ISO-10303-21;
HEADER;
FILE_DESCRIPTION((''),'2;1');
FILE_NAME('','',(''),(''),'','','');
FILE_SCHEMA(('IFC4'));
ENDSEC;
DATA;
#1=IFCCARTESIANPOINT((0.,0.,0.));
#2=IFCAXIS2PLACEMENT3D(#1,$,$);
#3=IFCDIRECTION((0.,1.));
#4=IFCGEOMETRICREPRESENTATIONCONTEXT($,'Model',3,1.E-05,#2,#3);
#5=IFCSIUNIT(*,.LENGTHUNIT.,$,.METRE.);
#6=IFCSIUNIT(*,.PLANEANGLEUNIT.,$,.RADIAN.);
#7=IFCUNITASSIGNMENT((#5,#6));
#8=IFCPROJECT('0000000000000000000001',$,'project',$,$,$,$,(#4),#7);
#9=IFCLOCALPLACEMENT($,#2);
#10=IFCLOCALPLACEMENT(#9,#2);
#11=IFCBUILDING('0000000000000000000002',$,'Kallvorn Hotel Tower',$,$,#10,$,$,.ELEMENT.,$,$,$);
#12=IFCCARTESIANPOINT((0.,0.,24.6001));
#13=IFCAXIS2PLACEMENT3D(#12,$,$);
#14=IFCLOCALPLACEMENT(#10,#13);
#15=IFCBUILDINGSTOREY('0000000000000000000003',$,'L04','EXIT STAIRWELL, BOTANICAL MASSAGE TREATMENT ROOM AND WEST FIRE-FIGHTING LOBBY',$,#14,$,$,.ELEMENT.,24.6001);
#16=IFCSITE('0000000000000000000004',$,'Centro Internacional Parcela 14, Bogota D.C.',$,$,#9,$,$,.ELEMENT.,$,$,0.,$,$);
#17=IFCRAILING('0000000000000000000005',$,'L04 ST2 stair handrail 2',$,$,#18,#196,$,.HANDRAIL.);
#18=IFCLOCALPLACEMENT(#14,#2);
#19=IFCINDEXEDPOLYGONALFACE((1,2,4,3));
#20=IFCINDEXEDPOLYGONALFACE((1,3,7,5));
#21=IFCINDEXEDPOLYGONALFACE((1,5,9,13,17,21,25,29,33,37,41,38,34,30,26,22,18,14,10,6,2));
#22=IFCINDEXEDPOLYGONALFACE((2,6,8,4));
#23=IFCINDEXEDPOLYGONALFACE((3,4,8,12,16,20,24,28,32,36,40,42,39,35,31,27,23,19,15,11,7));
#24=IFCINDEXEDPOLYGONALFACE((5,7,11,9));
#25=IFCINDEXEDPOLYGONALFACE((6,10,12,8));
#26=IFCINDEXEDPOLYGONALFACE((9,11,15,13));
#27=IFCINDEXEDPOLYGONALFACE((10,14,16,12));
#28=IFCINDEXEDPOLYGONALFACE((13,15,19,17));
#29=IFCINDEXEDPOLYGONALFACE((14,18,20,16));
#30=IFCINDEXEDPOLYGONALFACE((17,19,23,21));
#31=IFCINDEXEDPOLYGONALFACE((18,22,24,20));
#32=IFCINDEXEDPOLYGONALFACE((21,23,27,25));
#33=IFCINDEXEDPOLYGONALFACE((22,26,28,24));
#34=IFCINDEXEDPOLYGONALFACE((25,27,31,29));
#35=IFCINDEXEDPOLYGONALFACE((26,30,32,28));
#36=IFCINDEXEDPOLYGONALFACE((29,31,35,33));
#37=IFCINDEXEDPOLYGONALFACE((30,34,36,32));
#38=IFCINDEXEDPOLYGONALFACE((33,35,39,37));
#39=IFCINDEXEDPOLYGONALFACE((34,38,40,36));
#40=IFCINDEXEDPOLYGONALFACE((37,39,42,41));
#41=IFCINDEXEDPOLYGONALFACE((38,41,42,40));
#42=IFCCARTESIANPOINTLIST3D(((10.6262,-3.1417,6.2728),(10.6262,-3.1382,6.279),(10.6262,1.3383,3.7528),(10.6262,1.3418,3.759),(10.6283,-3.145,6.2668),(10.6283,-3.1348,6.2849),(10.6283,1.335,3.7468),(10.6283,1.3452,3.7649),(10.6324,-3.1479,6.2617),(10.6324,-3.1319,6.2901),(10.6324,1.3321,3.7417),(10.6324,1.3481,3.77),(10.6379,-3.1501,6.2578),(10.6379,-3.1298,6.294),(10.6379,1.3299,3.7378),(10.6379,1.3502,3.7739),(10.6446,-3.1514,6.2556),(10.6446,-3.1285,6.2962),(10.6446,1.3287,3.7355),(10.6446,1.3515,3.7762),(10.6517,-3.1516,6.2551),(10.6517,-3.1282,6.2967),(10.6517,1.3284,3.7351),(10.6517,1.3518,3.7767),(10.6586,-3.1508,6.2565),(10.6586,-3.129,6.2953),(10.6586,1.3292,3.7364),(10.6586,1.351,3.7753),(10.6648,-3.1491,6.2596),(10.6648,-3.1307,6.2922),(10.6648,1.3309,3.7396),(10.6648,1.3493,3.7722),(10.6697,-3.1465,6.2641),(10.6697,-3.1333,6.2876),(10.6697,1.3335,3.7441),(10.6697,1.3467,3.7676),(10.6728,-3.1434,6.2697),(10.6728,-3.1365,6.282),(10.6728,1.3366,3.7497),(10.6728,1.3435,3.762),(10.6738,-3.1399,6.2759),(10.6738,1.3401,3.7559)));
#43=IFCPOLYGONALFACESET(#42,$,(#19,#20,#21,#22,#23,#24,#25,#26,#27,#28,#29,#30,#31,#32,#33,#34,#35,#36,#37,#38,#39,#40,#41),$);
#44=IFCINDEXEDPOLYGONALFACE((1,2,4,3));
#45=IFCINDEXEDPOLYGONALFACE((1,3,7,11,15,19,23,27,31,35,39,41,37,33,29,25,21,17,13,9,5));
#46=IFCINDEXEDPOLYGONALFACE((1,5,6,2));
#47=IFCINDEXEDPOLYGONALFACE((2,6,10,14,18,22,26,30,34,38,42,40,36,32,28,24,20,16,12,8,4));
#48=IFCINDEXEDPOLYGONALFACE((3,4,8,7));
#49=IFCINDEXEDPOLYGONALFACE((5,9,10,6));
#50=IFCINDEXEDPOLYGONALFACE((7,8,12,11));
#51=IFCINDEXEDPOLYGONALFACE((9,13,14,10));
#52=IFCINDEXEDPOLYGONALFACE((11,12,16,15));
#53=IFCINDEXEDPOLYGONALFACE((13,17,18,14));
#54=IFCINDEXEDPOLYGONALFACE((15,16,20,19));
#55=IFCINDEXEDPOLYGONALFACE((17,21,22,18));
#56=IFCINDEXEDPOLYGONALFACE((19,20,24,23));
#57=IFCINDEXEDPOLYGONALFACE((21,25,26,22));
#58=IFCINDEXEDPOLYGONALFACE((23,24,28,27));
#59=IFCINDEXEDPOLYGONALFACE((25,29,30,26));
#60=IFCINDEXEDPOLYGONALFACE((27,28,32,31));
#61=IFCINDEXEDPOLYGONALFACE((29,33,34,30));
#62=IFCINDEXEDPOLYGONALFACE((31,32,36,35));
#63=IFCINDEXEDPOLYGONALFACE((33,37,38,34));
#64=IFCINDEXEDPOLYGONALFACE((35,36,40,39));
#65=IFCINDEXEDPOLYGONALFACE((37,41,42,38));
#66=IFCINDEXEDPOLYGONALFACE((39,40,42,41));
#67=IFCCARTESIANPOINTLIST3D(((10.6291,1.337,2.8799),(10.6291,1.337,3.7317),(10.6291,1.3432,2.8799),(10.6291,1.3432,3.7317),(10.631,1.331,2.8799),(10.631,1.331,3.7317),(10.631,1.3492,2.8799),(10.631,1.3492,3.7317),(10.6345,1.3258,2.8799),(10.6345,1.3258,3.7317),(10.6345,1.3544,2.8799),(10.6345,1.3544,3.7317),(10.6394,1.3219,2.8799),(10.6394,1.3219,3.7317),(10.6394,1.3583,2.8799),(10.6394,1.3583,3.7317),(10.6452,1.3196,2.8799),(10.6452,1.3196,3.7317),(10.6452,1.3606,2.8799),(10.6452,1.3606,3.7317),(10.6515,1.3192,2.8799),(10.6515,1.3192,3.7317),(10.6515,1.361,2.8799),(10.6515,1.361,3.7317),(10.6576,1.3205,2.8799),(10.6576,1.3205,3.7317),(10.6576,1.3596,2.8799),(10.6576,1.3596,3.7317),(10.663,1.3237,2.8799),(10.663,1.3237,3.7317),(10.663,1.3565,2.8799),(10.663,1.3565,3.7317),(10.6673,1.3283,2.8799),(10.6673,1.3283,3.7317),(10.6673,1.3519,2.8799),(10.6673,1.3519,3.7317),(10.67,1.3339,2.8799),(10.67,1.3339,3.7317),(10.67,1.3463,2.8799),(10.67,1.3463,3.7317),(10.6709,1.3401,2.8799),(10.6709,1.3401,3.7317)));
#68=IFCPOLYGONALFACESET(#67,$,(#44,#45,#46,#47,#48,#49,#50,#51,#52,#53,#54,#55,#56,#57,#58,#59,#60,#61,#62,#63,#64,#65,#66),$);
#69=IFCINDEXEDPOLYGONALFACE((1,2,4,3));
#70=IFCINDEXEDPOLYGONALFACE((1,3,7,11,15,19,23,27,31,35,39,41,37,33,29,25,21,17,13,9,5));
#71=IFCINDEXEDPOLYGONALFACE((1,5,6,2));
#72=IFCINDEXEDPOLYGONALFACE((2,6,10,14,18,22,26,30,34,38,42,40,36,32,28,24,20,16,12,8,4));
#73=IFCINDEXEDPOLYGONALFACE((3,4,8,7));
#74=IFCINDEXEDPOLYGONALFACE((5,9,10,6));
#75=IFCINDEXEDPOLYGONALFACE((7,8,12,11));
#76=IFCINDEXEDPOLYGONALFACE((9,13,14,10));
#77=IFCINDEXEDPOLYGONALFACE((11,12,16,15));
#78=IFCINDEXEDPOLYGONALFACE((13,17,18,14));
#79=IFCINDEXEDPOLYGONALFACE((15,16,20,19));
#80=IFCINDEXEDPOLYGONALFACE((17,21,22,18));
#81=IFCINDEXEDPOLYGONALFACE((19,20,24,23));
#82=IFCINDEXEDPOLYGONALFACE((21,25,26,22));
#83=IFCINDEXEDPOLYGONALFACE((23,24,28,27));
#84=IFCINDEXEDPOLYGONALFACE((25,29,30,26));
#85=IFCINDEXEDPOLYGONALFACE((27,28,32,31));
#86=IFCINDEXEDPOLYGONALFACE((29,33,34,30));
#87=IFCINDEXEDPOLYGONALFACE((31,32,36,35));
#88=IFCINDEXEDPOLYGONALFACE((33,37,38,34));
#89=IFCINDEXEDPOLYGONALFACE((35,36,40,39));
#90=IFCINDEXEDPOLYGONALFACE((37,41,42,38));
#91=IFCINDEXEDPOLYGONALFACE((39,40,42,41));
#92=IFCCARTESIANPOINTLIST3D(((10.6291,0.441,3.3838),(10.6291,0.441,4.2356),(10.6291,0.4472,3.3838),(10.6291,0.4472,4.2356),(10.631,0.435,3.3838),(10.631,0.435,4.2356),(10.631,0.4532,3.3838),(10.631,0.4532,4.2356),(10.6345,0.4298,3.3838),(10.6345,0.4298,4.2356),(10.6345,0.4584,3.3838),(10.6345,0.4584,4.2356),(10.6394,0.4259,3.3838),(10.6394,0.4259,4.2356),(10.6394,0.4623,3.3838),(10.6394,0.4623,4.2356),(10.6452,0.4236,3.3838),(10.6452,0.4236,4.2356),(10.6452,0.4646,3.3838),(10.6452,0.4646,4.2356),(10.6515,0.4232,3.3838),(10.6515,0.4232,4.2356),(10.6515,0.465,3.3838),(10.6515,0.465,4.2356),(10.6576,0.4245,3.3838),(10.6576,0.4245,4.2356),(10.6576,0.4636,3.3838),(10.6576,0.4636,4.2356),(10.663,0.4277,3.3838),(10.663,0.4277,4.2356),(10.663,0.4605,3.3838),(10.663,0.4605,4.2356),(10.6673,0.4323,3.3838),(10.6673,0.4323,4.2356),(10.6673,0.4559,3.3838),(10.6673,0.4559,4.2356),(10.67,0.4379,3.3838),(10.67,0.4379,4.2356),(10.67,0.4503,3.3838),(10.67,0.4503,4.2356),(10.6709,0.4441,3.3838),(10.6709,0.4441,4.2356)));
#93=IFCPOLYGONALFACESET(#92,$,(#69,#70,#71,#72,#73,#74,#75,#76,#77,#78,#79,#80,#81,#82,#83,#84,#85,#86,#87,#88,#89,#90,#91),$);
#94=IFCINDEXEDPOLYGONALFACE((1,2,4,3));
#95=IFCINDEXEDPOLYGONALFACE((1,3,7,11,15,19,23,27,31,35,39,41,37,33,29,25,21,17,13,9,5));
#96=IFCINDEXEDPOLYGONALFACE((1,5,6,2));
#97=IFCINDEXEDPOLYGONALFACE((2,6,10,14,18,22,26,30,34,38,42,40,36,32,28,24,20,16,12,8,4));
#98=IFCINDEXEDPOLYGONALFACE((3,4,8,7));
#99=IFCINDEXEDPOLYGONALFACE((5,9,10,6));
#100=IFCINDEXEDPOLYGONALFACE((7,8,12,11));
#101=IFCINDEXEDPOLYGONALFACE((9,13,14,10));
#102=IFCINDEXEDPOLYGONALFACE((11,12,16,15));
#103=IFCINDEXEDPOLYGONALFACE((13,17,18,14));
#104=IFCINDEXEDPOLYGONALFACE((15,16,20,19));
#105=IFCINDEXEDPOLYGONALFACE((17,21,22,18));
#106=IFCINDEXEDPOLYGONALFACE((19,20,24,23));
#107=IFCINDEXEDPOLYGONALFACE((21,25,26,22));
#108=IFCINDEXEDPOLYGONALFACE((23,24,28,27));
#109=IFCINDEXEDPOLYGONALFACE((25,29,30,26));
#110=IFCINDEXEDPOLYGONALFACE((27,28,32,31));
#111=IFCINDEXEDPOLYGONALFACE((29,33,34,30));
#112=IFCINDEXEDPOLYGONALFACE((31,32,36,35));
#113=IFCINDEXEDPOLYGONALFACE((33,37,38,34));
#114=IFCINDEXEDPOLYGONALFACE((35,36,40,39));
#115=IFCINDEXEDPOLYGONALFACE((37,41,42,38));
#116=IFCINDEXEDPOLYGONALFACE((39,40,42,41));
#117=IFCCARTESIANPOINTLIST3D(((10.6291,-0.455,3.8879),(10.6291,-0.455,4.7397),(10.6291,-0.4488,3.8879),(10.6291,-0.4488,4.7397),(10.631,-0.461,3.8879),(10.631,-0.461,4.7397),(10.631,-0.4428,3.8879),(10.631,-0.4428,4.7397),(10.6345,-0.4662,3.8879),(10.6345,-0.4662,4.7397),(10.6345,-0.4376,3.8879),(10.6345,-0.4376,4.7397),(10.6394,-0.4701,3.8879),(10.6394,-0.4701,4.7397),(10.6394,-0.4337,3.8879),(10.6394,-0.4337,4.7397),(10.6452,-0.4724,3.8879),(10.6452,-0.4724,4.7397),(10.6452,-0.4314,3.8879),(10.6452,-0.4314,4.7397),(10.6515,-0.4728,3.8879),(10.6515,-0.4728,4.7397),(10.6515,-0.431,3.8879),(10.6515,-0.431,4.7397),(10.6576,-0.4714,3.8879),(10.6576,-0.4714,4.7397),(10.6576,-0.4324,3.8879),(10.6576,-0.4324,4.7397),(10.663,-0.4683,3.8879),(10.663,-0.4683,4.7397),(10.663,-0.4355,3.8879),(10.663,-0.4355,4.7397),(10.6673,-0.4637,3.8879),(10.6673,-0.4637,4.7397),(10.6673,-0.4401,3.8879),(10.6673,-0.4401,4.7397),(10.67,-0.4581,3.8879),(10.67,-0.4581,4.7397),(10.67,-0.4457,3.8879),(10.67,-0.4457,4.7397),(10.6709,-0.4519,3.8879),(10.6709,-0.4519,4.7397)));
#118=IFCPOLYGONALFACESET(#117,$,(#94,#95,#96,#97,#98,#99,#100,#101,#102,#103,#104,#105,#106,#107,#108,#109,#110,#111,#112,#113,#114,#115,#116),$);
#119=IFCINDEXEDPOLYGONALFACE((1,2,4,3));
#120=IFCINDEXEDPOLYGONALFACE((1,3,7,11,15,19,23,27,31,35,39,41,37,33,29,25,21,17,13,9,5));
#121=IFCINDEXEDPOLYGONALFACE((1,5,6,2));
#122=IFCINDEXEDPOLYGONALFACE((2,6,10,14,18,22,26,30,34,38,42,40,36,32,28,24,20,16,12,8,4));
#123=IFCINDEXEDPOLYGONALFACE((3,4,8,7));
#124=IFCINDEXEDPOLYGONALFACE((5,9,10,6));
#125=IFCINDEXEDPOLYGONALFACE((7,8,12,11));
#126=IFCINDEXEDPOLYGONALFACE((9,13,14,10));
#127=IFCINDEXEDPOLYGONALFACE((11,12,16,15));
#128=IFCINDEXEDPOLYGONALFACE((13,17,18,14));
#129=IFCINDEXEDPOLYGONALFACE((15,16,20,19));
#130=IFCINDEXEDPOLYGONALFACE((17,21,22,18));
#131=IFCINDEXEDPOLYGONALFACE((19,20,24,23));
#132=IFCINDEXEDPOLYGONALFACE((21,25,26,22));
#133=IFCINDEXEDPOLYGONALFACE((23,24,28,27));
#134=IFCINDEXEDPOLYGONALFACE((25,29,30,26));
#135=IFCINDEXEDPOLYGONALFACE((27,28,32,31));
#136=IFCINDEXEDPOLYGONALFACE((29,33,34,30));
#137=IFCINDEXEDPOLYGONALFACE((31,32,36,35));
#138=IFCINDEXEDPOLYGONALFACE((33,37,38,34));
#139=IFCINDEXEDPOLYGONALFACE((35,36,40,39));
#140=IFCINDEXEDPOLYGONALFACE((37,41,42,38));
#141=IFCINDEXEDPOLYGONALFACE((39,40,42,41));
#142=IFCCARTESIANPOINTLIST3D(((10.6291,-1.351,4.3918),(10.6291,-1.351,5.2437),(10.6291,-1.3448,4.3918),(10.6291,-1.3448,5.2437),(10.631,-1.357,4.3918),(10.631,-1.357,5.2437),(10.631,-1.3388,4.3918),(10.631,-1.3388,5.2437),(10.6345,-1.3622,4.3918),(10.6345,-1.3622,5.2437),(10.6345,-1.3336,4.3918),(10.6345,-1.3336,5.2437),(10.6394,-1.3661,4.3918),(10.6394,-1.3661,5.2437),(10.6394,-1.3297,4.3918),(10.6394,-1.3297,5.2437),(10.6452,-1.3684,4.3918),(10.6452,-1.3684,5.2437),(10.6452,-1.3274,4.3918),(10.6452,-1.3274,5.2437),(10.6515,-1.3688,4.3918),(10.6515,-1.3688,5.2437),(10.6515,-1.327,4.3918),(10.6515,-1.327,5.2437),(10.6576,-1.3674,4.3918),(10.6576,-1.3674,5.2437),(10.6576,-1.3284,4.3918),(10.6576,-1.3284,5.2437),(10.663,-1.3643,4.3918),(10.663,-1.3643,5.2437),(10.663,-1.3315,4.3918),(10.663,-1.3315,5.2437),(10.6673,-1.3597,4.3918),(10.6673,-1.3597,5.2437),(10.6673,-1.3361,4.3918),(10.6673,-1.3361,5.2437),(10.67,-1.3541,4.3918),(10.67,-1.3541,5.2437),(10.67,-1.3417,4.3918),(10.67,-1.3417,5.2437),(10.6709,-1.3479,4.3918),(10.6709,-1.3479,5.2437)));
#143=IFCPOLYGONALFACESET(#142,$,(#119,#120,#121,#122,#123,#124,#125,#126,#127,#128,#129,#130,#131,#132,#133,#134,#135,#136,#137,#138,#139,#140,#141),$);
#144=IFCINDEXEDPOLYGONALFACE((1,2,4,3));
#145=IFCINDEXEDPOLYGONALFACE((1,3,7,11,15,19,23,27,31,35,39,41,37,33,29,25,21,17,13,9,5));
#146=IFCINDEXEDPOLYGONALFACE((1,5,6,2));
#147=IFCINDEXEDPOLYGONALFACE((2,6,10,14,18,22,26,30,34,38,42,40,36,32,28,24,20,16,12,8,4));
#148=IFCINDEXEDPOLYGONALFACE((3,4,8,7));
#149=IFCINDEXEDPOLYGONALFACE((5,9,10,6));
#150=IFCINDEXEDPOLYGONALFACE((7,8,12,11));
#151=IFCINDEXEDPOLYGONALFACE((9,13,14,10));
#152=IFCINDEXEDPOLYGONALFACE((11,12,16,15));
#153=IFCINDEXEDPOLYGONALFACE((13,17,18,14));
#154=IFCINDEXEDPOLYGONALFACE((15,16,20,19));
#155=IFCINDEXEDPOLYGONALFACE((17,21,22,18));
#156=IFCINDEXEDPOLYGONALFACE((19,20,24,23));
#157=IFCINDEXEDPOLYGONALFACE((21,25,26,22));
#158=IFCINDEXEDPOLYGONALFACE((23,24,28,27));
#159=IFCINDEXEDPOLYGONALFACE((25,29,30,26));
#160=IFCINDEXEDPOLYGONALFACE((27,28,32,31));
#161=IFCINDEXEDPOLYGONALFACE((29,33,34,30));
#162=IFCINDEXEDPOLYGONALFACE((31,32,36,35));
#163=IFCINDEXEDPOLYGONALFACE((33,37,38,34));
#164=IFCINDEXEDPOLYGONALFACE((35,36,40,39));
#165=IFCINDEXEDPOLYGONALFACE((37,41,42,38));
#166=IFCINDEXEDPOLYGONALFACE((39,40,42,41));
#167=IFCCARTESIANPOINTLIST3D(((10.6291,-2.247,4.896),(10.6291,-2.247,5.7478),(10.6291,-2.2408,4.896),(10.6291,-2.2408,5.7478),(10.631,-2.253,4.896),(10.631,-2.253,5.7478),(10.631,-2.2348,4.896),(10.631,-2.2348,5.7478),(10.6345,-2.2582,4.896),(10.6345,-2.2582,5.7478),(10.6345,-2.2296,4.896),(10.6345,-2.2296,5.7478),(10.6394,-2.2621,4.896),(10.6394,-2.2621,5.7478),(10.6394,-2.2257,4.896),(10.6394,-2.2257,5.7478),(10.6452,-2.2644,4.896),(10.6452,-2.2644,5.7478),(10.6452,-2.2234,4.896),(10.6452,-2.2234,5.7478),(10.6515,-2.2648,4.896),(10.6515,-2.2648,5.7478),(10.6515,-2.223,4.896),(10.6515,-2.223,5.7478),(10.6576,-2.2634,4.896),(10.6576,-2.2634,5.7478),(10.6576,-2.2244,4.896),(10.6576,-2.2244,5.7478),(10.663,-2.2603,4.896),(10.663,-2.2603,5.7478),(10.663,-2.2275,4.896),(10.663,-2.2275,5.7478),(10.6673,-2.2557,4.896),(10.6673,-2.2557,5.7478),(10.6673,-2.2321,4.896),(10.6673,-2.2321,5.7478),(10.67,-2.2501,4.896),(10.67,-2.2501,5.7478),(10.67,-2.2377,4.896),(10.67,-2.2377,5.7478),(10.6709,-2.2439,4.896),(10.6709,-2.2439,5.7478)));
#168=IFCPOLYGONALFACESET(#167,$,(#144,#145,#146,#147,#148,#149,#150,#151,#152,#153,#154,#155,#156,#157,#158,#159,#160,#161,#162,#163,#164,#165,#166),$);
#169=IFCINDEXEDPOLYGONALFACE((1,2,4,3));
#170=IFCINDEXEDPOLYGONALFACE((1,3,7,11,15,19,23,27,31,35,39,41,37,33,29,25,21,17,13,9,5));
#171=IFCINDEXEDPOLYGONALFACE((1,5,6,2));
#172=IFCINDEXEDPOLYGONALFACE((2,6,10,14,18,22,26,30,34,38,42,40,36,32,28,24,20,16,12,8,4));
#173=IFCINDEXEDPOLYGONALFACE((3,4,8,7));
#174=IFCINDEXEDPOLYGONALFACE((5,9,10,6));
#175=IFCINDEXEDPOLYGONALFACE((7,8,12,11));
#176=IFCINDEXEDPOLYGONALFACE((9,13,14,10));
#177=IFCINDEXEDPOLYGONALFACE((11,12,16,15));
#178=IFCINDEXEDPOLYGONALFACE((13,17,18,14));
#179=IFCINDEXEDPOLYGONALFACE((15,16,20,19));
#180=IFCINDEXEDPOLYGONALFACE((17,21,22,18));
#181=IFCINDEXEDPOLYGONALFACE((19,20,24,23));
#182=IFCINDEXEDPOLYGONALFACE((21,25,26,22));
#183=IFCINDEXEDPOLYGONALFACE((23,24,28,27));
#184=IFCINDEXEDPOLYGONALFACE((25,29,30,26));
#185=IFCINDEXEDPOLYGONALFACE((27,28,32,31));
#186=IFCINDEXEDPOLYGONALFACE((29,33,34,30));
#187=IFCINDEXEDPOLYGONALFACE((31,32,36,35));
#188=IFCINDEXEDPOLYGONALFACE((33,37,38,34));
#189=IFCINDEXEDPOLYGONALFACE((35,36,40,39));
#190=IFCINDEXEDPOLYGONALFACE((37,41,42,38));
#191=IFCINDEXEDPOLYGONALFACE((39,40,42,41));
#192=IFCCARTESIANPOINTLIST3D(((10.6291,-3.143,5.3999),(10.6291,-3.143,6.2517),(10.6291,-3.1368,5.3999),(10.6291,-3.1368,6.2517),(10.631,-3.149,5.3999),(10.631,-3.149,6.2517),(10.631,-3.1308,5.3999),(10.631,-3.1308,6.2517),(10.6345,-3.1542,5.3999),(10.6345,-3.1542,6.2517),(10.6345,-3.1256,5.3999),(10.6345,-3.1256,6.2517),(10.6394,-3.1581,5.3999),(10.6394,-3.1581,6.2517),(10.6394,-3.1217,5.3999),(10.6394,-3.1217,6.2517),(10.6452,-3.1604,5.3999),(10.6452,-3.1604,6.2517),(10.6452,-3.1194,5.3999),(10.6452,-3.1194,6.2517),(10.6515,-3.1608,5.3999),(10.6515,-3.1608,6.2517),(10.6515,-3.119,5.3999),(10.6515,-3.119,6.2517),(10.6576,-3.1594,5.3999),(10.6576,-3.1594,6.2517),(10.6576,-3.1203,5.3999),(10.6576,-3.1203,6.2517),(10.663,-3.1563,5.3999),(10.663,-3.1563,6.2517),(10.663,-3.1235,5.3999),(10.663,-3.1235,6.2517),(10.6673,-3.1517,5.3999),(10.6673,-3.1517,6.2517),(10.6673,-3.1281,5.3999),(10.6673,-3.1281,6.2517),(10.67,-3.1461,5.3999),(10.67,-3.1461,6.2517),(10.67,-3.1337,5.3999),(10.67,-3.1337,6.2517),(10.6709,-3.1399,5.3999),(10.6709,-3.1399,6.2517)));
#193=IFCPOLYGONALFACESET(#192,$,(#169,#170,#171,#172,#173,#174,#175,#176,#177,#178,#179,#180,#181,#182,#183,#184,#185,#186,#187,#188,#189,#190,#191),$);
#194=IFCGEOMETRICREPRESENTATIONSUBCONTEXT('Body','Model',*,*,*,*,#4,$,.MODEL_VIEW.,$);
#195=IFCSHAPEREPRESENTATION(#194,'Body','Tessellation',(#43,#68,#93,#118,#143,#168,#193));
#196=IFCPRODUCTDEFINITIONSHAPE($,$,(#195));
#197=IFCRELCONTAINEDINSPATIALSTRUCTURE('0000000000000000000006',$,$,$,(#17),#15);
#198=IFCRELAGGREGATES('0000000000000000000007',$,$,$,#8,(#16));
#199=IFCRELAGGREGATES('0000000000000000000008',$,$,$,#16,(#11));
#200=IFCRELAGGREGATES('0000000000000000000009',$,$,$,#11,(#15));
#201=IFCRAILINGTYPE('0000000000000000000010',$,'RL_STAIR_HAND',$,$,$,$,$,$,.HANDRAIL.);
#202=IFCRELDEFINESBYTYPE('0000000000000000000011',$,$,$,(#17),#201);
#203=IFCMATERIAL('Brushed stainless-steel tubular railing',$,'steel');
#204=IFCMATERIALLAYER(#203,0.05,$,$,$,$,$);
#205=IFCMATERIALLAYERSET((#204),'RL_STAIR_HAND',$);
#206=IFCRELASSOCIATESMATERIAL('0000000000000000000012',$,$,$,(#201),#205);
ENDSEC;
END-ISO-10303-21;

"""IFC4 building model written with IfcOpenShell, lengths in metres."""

from ifc_helpers import new_model, si_unit, direction, frame, origin, origin_2d, place, context, subcontext, project, spatial, circle, extrude, material, layer, layer_set, type_object, element, save


model = new_model("IFC4")

# Units and contexts
model_context = context("Model", 3, precision=1e-05, world=origin(), true_north=direction((0.0, 1.0)))
body_context = subcontext(model_context, "Body", "Model", "MODEL_VIEW")
ifc_project = project(units=[si_unit("LENGTHUNIT", "METRE"), si_unit("PLANEANGLEUNIT", "RADIAN")], contexts=[model_context])

# Site, building, storey
site_placement = place(None, origin())
site = spatial("IfcSite", under=ifc_project, at=site_placement, Name="Centro Internacional Parcela 14, Bogota D.C.", CompositionType="ELEMENT", RefElevation=0.0)
building_placement = place(site_placement, origin())
building = spatial("IfcBuilding", under=site, at=building_placement, Name="Kallvorn Hotel Tower", CompositionType="ELEMENT")
storey_placement = place(building_placement, frame((0.0, 0.0, 24.6001)))
storey = spatial("IfcBuildingStorey", under=building, at=storey_placement, Name="L04", Description="EXIT STAIRWELL, BOTANICAL MASSAGE TREATMENT ROOM AND WEST FIRE-FIGHTING LOBBY", CompositionType="ELEMENT", Elevation=24.6001)

# Railing
ifc_material_1 = material(Name="Brushed stainless-steel tubular railing", Category="steel")
ifc_layer_1 = layer(ifc_material_1, 0.05)
ifc_layer_set_1 = layer_set([ifc_layer_1], Name="RL_STAIR_HAND")
railing_type_1 = type_object("IfcRailingType", Name="RL_STAIR_HAND", PredefinedType="HANDRAIL", material=ifc_layer_set_1)
railing_1_placement = place(storey_placement, frame((10.6499, 1.3401, 2.8799)))
element("IfcRailing", 1, at=railing_1_placement, inside=storey, type_object=railing_type_1, Name="L04 ST2 stair handrail 2", PredefinedType="HANDRAIL", context=body_context, shape_type="SweptSolid", body=[
    extrude(circle(Radius=0.0239, at=origin_2d()), frame((0.0, 0.0, 0.876), z_axis=(0.0, -0.871573, 0.490266), x_axis=(1.0, 0.0, 0.0)), (0.0, 0.0, 1.0), 5.1401),
    extrude(circle(Radius=0.021, at=origin_2d()), origin(), (0.0, 0.0, 1.0), 0.8518),
    extrude(circle(Radius=0.021, at=origin_2d()), frame((0.0, -0.896, 0.5039)), (0.0, 0.0, 1.0), 0.8518),
    extrude(circle(Radius=0.021, at=origin_2d()), frame((0.0, -1.792, 1.0081)), (0.0, 0.0, 1.0), 0.8518),
    extrude(circle(Radius=0.021, at=origin_2d()), frame((0.0, -2.688, 1.512)), (0.0, 0.0, 1.0), 0.8518),
    extrude(circle(Radius=0.021, at=origin_2d()), frame((0.0, -3.584, 2.0161)), (0.0, 0.0, 1.0), 0.8518),
    extrude(circle(Radius=0.021, at=origin_2d()), frame((0.0, -4.48, 2.52)), (0.0, 0.0, 1.0), 0.8518),
])

save(model, "model.ifc")
